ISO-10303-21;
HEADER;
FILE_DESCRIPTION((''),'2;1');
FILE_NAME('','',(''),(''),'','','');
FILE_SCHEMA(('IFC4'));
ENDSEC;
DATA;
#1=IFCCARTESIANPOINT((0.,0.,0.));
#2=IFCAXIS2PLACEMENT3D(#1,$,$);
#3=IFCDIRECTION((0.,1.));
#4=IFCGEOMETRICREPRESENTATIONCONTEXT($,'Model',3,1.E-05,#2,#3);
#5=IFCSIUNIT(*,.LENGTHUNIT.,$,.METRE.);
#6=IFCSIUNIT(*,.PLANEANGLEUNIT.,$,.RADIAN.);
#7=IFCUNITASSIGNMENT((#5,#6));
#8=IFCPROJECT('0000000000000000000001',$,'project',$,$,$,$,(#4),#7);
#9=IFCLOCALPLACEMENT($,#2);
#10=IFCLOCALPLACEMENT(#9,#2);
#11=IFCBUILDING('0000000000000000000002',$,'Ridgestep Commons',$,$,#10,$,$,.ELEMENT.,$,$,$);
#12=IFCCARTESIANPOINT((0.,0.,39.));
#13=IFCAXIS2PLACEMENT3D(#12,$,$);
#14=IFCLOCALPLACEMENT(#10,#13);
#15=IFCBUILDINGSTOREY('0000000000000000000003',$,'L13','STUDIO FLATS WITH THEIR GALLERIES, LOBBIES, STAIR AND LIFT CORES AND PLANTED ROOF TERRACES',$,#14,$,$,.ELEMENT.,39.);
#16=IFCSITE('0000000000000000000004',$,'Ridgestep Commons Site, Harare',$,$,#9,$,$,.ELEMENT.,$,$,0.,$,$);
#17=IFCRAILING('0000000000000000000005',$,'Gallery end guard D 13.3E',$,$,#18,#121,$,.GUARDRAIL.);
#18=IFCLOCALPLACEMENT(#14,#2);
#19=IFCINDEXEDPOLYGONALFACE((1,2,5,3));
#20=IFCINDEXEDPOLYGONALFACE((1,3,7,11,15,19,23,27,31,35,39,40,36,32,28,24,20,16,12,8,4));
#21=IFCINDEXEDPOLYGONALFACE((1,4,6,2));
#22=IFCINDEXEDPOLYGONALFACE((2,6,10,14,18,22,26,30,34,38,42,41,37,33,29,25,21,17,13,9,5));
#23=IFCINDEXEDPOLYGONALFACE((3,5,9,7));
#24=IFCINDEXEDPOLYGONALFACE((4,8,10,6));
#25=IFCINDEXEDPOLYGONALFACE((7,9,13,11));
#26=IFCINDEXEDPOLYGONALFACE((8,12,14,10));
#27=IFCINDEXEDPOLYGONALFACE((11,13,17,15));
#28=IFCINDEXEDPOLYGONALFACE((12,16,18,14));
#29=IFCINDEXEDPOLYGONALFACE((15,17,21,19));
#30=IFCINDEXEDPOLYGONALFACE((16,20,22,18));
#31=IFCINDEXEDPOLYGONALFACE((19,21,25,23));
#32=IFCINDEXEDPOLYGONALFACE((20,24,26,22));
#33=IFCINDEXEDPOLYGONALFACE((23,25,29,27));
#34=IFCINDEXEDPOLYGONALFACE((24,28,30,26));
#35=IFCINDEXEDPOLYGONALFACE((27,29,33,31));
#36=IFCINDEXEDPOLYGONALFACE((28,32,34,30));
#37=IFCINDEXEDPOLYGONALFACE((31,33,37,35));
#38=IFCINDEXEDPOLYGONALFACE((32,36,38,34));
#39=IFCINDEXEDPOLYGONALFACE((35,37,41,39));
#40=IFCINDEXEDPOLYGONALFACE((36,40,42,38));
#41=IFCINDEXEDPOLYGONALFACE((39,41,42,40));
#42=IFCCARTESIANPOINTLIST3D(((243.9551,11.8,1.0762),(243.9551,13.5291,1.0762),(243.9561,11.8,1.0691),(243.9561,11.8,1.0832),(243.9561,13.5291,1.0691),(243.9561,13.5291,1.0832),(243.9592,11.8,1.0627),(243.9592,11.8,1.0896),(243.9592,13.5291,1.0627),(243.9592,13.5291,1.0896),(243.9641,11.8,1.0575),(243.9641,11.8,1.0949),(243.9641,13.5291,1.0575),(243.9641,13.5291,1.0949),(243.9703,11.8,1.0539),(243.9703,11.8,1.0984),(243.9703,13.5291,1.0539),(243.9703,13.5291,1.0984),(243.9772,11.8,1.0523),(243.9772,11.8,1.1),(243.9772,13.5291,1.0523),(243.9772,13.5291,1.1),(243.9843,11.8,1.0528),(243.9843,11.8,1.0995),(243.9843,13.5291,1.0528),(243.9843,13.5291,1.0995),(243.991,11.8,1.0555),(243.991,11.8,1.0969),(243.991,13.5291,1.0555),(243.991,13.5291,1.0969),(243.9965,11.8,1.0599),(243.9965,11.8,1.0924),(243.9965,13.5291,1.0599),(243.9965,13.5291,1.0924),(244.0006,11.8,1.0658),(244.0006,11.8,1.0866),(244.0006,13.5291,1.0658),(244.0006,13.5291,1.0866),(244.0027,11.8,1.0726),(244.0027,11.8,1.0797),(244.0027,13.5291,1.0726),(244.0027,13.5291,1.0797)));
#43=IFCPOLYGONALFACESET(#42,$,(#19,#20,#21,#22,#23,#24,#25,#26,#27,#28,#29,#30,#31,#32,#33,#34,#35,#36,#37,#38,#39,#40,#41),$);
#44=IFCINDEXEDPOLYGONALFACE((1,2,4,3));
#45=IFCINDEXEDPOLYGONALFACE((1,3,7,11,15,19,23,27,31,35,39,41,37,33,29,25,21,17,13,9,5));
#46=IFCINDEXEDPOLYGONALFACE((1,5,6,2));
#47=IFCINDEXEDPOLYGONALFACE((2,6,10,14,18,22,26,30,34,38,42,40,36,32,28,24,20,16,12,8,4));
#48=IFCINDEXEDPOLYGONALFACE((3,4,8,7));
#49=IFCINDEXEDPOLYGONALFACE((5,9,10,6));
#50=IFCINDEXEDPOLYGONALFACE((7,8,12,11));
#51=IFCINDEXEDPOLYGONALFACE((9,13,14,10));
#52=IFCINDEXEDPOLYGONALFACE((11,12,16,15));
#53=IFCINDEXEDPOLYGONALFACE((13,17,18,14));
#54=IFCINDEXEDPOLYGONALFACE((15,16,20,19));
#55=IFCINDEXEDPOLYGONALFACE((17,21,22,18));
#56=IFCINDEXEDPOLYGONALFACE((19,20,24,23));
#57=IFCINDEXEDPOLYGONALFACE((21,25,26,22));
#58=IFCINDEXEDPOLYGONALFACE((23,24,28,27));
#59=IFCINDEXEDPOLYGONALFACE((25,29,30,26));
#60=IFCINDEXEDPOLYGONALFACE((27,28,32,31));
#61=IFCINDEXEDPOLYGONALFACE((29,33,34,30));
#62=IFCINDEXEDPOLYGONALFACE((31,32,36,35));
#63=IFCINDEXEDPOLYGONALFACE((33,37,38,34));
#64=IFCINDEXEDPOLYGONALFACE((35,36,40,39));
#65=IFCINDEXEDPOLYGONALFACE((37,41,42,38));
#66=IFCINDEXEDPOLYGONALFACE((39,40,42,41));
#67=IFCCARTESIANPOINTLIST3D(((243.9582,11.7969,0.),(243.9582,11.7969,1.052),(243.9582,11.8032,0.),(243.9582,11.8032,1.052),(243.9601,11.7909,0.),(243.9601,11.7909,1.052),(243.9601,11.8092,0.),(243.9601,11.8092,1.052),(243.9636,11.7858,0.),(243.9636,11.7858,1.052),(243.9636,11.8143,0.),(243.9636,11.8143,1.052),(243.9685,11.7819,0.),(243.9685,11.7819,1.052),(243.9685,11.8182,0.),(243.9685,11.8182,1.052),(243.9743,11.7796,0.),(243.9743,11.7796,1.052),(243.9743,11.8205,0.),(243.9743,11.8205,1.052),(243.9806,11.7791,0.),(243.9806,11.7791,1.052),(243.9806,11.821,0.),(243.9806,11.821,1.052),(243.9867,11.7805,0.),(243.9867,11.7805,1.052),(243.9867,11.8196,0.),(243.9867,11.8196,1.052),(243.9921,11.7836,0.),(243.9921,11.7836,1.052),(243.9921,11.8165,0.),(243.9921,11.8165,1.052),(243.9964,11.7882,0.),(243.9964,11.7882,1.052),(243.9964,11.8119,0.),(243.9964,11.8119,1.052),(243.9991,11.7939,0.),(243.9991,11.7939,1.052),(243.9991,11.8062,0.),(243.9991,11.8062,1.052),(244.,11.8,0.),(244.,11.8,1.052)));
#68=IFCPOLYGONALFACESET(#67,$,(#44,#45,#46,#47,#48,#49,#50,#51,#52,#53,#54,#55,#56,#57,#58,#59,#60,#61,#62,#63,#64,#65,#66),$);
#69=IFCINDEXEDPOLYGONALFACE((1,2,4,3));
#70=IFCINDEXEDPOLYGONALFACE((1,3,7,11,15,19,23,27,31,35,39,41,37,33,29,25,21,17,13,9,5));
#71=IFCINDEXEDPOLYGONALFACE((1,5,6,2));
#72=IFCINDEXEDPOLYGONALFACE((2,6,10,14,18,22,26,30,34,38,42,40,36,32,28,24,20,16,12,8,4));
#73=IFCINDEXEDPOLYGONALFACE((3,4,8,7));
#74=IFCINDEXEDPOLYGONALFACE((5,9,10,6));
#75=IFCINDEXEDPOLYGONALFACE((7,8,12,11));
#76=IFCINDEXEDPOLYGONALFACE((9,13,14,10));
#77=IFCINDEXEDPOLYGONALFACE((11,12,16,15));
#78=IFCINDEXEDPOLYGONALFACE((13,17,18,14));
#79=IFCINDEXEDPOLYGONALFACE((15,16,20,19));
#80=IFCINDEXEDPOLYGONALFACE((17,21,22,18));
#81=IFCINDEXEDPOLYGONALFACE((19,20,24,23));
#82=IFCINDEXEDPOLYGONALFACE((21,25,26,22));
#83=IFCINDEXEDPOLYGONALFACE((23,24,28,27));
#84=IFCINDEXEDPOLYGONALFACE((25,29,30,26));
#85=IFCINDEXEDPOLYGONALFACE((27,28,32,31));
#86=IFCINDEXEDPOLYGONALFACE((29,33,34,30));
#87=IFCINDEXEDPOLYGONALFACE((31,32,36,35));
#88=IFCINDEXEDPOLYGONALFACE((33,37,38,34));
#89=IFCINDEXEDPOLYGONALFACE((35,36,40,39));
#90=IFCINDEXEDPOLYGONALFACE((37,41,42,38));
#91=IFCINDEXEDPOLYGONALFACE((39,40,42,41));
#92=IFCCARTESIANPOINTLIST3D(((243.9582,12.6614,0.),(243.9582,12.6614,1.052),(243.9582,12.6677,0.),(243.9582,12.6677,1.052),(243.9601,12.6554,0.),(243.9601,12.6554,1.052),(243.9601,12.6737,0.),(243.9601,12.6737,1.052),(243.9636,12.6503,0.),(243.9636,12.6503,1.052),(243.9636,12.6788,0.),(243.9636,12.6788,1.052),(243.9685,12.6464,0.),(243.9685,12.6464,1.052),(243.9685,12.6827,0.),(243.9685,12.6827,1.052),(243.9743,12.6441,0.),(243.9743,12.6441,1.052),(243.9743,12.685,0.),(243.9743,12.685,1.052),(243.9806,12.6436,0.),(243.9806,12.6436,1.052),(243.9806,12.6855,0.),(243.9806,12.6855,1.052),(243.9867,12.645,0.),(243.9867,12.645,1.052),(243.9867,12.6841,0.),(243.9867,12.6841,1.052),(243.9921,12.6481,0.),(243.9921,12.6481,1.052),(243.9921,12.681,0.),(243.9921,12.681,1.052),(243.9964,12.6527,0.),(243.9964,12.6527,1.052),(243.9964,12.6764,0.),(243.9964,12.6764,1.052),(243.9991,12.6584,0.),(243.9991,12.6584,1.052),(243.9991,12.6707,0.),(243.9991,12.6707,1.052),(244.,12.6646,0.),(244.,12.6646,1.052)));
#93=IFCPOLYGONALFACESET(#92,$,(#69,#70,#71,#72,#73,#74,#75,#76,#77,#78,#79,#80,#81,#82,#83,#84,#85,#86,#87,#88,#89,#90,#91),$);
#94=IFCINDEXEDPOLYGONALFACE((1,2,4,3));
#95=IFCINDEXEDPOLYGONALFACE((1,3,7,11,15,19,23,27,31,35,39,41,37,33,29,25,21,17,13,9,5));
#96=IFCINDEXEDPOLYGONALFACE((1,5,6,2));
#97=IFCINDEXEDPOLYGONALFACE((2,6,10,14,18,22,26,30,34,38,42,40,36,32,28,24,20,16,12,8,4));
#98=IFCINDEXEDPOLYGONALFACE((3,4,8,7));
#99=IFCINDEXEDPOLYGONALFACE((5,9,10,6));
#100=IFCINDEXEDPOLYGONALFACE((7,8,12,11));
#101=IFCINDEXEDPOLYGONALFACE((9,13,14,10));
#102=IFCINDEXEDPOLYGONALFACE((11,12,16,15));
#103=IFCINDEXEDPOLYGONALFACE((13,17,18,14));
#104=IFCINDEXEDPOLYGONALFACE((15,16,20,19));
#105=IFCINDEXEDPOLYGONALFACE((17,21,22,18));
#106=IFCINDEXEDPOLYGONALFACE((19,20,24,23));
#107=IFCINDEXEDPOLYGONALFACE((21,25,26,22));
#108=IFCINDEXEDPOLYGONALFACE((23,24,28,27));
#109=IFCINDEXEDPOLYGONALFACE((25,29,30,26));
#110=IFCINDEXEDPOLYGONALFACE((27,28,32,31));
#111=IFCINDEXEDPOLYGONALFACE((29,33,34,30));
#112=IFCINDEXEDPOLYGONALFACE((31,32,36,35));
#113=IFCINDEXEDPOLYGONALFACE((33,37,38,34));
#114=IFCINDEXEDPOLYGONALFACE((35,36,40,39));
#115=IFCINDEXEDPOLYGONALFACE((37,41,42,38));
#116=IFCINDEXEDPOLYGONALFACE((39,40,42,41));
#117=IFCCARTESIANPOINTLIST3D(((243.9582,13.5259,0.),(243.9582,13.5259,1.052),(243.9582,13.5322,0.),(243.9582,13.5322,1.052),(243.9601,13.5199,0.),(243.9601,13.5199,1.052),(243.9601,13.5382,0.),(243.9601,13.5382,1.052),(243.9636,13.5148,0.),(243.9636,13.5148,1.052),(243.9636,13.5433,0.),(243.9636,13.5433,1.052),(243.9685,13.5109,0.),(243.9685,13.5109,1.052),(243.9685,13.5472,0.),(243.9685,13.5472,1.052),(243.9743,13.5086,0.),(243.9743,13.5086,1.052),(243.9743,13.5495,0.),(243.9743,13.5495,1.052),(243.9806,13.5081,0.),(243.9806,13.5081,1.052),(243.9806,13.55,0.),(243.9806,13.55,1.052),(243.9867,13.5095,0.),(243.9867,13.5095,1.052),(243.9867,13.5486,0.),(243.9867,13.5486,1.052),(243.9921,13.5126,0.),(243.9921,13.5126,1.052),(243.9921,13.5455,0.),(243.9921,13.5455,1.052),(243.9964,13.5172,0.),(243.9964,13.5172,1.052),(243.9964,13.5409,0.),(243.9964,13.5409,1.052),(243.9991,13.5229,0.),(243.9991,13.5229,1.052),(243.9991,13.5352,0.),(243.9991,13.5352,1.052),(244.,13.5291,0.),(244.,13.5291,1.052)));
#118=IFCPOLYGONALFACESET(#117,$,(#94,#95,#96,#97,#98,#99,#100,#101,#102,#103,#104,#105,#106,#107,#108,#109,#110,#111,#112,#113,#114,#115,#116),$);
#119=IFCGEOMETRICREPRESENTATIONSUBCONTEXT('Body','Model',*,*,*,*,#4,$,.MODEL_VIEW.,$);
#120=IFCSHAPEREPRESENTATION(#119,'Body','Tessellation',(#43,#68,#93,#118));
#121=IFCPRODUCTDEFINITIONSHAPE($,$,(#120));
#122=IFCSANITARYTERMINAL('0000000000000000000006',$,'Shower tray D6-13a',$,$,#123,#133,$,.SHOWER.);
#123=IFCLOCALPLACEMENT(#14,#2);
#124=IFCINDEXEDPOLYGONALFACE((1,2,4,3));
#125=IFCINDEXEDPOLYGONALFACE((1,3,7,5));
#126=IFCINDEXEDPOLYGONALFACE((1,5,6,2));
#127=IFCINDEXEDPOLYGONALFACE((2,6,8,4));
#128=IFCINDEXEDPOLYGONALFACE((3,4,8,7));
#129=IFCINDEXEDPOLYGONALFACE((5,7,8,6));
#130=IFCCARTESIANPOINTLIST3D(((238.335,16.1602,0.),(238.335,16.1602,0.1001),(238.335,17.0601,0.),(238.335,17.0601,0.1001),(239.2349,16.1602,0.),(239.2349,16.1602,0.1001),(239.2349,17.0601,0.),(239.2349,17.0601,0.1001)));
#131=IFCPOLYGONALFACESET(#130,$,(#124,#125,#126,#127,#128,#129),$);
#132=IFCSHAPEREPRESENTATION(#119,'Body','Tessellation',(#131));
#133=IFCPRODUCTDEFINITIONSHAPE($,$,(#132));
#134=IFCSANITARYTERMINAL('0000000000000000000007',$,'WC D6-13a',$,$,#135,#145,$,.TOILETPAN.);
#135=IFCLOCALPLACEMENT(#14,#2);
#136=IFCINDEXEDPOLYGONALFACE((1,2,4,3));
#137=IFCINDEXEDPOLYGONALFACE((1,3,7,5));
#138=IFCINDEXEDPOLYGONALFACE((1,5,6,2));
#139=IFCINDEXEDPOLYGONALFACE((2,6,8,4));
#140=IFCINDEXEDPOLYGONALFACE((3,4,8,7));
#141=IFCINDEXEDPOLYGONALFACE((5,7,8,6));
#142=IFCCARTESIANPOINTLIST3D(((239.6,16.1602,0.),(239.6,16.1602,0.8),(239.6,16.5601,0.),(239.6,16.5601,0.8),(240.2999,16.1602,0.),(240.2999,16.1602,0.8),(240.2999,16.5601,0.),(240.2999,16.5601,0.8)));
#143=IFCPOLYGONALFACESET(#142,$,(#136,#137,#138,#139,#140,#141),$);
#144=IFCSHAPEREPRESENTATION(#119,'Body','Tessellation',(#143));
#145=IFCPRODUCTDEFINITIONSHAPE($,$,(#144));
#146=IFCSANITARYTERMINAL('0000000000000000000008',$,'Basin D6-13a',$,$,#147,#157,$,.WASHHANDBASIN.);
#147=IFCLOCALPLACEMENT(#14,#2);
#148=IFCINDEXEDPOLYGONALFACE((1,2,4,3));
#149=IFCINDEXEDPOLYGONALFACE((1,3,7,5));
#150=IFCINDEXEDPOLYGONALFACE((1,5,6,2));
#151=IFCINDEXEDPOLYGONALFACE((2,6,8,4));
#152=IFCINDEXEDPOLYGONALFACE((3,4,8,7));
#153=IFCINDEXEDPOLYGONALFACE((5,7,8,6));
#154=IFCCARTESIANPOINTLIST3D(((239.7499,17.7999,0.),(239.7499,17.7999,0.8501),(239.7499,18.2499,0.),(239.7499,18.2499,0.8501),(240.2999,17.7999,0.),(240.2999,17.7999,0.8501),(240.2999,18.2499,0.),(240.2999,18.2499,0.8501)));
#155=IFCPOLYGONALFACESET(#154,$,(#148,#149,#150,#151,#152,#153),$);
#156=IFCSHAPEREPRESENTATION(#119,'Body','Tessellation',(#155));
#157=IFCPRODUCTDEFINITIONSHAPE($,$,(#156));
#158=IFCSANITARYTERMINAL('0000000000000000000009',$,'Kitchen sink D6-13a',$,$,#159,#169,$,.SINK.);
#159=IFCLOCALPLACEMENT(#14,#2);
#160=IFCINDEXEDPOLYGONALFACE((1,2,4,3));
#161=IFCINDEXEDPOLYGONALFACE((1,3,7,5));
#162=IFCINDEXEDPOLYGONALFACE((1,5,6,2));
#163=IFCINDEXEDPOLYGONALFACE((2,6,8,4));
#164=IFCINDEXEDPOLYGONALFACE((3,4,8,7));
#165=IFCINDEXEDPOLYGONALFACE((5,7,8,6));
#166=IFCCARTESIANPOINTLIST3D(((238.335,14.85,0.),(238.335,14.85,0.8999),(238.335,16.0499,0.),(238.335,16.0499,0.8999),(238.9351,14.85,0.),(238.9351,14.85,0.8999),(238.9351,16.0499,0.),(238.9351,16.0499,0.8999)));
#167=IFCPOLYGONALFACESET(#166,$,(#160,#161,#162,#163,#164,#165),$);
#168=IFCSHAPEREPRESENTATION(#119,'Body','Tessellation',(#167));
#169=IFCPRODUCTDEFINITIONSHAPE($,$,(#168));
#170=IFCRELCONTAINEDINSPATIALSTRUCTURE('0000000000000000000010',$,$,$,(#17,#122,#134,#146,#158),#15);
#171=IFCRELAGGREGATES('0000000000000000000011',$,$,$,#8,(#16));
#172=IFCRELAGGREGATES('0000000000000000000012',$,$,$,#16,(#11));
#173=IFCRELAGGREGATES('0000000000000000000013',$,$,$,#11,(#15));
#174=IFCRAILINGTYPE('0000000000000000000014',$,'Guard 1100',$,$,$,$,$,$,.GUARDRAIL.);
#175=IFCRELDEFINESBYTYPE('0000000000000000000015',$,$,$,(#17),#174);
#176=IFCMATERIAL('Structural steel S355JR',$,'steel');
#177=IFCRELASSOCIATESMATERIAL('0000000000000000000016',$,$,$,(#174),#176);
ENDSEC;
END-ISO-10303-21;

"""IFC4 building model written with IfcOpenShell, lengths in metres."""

from ifc_helpers import new_model, si_unit, direction, frame, origin, origin_2d, place, context, subcontext, project, spatial, rectangle, circle, extrude, material, type_object, element, save


model = new_model("IFC4")

# Units and contexts
model_context = context("Model", 3, precision=1e-05, world=origin(), true_north=direction((0.0, 1.0)))
body_context = subcontext(model_context, "Body", "Model", "MODEL_VIEW")
ifc_project = project(units=[si_unit("LENGTHUNIT", "METRE"), si_unit("PLANEANGLEUNIT", "RADIAN")], contexts=[model_context])

# Site, building, storey
site_placement = place(None, origin())
site = spatial("IfcSite", under=ifc_project, at=site_placement, Name="Ridgestep Commons Site, Harare", CompositionType="ELEMENT", RefElevation=0.0)
building_placement = place(site_placement, origin())
building = spatial("IfcBuilding", under=site, at=building_placement, Name="Ridgestep Commons", CompositionType="ELEMENT")
storey_placement = place(building_placement, frame((0.0, 0.0, 39.0)))
storey = spatial("IfcBuildingStorey", under=building, at=storey_placement, Name="L13", Description="STUDIO FLATS WITH THEIR GALLERIES, LOBBIES, STAIR AND LIFT CORES AND PLANTED ROOF TERRACES", CompositionType="ELEMENT", Elevation=39.0)

# Railing
ifc_material_1 = material(Name="Structural steel S355JR", Category="steel")
railing_type = type_object("IfcRailingType", Name="Guard 1100", PredefinedType="GUARDRAIL", material=ifc_material_1)
railing_1_placement = place(storey_placement, frame((243.979, 11.8, 0.0)))
element("IfcRailing", 1, at=railing_1_placement, inside=storey, type_object=railing_type, Name="Gallery end guard D 13.3E", PredefinedType="GUARDRAIL", context=body_context, shape_type="SweptSolid", body=[
    extrude(circle(Radius=0.0239, at=origin_2d()), frame((0.0, 0.0, 1.0762), z_axis=(0.0, 1.0, 0.0), x_axis=(-1.0, 0.0, 0.0)), (0.0, 0.0, 1.0), 1.729),
    extrude(circle(Radius=0.021, at=origin_2d()), origin(), (0.0, 0.0, 1.0), 1.052),
    extrude(circle(Radius=0.021, at=origin_2d()), frame((0.0, 0.8645, 0.0)), (0.0, 0.0, 1.0), 1.052),
    extrude(circle(Radius=0.021, at=origin_2d()), frame((0.0, 1.729, 0.0)), (0.0, 0.0, 1.0), 1.052),
])

# Sanitary terminals
sanitary_terminal_1_placement = place(storey_placement, frame((238.7849, 16.6101, 0.0), z_axis=(0.0, 0.0, 1.0), x_axis=(1.0, 0.0, 0.0)))
element("IfcSanitaryTerminal", 2, at=sanitary_terminal_1_placement, inside=storey, Name="Shower tray D6-13a", PredefinedType="SHOWER", context=body_context, shape_type="SweptSolid", body=[
    extrude(rectangle(XDim=0.8999, YDim=0.8999, at=origin_2d()), origin(), (0.0, 0.0, 1.0), 0.1001),
])
sanitary_terminal_2_placement = place(storey_placement, frame((239.95, 16.3601, 0.0), z_axis=(0.0, 0.0, 1.0), x_axis=(1.0, 0.0, 0.0)))
element("IfcSanitaryTerminal", 3, at=sanitary_terminal_2_placement, inside=storey, Name="WC D6-13a", PredefinedType="TOILETPAN", context=body_context, shape_type="SweptSolid", body=[
    extrude(rectangle(XDim=0.7, YDim=0.3999, at=origin_2d()), origin(), (0.0, 0.0, 1.0), 0.8),
])
sanitary_terminal_3_placement = place(storey_placement, frame((240.0249, 18.0249, 0.0), z_axis=(0.0, 0.0, 1.0), x_axis=(1.0, 0.0, 0.0)))
element("IfcSanitaryTerminal", 4, at=sanitary_terminal_3_placement, inside=storey, Name="Basin D6-13a", PredefinedType="WASHHANDBASIN", context=body_context, shape_type="SweptSolid", body=[
    extrude(rectangle(XDim=0.55, YDim=0.45, at=origin_2d()), origin(), (0.0, 0.0, 1.0), 0.8501),
])
sanitary_terminal_4_placement = place(storey_placement, frame((238.635, 15.45, 0.0), z_axis=(0.0, 0.0, 1.0), x_axis=(1.0, 0.0, 0.0)))
element("IfcSanitaryTerminal", 5, at=sanitary_terminal_4_placement, inside=storey, Name="Kitchen sink D6-13a", PredefinedType="SINK", context=body_context, shape_type="SweptSolid", body=[
    extrude(rectangle(XDim=0.6001, YDim=1.2, at=origin_2d()), origin(), (0.0, 0.0, 1.0), 0.8999),
])

save(model, "model.ifc")
